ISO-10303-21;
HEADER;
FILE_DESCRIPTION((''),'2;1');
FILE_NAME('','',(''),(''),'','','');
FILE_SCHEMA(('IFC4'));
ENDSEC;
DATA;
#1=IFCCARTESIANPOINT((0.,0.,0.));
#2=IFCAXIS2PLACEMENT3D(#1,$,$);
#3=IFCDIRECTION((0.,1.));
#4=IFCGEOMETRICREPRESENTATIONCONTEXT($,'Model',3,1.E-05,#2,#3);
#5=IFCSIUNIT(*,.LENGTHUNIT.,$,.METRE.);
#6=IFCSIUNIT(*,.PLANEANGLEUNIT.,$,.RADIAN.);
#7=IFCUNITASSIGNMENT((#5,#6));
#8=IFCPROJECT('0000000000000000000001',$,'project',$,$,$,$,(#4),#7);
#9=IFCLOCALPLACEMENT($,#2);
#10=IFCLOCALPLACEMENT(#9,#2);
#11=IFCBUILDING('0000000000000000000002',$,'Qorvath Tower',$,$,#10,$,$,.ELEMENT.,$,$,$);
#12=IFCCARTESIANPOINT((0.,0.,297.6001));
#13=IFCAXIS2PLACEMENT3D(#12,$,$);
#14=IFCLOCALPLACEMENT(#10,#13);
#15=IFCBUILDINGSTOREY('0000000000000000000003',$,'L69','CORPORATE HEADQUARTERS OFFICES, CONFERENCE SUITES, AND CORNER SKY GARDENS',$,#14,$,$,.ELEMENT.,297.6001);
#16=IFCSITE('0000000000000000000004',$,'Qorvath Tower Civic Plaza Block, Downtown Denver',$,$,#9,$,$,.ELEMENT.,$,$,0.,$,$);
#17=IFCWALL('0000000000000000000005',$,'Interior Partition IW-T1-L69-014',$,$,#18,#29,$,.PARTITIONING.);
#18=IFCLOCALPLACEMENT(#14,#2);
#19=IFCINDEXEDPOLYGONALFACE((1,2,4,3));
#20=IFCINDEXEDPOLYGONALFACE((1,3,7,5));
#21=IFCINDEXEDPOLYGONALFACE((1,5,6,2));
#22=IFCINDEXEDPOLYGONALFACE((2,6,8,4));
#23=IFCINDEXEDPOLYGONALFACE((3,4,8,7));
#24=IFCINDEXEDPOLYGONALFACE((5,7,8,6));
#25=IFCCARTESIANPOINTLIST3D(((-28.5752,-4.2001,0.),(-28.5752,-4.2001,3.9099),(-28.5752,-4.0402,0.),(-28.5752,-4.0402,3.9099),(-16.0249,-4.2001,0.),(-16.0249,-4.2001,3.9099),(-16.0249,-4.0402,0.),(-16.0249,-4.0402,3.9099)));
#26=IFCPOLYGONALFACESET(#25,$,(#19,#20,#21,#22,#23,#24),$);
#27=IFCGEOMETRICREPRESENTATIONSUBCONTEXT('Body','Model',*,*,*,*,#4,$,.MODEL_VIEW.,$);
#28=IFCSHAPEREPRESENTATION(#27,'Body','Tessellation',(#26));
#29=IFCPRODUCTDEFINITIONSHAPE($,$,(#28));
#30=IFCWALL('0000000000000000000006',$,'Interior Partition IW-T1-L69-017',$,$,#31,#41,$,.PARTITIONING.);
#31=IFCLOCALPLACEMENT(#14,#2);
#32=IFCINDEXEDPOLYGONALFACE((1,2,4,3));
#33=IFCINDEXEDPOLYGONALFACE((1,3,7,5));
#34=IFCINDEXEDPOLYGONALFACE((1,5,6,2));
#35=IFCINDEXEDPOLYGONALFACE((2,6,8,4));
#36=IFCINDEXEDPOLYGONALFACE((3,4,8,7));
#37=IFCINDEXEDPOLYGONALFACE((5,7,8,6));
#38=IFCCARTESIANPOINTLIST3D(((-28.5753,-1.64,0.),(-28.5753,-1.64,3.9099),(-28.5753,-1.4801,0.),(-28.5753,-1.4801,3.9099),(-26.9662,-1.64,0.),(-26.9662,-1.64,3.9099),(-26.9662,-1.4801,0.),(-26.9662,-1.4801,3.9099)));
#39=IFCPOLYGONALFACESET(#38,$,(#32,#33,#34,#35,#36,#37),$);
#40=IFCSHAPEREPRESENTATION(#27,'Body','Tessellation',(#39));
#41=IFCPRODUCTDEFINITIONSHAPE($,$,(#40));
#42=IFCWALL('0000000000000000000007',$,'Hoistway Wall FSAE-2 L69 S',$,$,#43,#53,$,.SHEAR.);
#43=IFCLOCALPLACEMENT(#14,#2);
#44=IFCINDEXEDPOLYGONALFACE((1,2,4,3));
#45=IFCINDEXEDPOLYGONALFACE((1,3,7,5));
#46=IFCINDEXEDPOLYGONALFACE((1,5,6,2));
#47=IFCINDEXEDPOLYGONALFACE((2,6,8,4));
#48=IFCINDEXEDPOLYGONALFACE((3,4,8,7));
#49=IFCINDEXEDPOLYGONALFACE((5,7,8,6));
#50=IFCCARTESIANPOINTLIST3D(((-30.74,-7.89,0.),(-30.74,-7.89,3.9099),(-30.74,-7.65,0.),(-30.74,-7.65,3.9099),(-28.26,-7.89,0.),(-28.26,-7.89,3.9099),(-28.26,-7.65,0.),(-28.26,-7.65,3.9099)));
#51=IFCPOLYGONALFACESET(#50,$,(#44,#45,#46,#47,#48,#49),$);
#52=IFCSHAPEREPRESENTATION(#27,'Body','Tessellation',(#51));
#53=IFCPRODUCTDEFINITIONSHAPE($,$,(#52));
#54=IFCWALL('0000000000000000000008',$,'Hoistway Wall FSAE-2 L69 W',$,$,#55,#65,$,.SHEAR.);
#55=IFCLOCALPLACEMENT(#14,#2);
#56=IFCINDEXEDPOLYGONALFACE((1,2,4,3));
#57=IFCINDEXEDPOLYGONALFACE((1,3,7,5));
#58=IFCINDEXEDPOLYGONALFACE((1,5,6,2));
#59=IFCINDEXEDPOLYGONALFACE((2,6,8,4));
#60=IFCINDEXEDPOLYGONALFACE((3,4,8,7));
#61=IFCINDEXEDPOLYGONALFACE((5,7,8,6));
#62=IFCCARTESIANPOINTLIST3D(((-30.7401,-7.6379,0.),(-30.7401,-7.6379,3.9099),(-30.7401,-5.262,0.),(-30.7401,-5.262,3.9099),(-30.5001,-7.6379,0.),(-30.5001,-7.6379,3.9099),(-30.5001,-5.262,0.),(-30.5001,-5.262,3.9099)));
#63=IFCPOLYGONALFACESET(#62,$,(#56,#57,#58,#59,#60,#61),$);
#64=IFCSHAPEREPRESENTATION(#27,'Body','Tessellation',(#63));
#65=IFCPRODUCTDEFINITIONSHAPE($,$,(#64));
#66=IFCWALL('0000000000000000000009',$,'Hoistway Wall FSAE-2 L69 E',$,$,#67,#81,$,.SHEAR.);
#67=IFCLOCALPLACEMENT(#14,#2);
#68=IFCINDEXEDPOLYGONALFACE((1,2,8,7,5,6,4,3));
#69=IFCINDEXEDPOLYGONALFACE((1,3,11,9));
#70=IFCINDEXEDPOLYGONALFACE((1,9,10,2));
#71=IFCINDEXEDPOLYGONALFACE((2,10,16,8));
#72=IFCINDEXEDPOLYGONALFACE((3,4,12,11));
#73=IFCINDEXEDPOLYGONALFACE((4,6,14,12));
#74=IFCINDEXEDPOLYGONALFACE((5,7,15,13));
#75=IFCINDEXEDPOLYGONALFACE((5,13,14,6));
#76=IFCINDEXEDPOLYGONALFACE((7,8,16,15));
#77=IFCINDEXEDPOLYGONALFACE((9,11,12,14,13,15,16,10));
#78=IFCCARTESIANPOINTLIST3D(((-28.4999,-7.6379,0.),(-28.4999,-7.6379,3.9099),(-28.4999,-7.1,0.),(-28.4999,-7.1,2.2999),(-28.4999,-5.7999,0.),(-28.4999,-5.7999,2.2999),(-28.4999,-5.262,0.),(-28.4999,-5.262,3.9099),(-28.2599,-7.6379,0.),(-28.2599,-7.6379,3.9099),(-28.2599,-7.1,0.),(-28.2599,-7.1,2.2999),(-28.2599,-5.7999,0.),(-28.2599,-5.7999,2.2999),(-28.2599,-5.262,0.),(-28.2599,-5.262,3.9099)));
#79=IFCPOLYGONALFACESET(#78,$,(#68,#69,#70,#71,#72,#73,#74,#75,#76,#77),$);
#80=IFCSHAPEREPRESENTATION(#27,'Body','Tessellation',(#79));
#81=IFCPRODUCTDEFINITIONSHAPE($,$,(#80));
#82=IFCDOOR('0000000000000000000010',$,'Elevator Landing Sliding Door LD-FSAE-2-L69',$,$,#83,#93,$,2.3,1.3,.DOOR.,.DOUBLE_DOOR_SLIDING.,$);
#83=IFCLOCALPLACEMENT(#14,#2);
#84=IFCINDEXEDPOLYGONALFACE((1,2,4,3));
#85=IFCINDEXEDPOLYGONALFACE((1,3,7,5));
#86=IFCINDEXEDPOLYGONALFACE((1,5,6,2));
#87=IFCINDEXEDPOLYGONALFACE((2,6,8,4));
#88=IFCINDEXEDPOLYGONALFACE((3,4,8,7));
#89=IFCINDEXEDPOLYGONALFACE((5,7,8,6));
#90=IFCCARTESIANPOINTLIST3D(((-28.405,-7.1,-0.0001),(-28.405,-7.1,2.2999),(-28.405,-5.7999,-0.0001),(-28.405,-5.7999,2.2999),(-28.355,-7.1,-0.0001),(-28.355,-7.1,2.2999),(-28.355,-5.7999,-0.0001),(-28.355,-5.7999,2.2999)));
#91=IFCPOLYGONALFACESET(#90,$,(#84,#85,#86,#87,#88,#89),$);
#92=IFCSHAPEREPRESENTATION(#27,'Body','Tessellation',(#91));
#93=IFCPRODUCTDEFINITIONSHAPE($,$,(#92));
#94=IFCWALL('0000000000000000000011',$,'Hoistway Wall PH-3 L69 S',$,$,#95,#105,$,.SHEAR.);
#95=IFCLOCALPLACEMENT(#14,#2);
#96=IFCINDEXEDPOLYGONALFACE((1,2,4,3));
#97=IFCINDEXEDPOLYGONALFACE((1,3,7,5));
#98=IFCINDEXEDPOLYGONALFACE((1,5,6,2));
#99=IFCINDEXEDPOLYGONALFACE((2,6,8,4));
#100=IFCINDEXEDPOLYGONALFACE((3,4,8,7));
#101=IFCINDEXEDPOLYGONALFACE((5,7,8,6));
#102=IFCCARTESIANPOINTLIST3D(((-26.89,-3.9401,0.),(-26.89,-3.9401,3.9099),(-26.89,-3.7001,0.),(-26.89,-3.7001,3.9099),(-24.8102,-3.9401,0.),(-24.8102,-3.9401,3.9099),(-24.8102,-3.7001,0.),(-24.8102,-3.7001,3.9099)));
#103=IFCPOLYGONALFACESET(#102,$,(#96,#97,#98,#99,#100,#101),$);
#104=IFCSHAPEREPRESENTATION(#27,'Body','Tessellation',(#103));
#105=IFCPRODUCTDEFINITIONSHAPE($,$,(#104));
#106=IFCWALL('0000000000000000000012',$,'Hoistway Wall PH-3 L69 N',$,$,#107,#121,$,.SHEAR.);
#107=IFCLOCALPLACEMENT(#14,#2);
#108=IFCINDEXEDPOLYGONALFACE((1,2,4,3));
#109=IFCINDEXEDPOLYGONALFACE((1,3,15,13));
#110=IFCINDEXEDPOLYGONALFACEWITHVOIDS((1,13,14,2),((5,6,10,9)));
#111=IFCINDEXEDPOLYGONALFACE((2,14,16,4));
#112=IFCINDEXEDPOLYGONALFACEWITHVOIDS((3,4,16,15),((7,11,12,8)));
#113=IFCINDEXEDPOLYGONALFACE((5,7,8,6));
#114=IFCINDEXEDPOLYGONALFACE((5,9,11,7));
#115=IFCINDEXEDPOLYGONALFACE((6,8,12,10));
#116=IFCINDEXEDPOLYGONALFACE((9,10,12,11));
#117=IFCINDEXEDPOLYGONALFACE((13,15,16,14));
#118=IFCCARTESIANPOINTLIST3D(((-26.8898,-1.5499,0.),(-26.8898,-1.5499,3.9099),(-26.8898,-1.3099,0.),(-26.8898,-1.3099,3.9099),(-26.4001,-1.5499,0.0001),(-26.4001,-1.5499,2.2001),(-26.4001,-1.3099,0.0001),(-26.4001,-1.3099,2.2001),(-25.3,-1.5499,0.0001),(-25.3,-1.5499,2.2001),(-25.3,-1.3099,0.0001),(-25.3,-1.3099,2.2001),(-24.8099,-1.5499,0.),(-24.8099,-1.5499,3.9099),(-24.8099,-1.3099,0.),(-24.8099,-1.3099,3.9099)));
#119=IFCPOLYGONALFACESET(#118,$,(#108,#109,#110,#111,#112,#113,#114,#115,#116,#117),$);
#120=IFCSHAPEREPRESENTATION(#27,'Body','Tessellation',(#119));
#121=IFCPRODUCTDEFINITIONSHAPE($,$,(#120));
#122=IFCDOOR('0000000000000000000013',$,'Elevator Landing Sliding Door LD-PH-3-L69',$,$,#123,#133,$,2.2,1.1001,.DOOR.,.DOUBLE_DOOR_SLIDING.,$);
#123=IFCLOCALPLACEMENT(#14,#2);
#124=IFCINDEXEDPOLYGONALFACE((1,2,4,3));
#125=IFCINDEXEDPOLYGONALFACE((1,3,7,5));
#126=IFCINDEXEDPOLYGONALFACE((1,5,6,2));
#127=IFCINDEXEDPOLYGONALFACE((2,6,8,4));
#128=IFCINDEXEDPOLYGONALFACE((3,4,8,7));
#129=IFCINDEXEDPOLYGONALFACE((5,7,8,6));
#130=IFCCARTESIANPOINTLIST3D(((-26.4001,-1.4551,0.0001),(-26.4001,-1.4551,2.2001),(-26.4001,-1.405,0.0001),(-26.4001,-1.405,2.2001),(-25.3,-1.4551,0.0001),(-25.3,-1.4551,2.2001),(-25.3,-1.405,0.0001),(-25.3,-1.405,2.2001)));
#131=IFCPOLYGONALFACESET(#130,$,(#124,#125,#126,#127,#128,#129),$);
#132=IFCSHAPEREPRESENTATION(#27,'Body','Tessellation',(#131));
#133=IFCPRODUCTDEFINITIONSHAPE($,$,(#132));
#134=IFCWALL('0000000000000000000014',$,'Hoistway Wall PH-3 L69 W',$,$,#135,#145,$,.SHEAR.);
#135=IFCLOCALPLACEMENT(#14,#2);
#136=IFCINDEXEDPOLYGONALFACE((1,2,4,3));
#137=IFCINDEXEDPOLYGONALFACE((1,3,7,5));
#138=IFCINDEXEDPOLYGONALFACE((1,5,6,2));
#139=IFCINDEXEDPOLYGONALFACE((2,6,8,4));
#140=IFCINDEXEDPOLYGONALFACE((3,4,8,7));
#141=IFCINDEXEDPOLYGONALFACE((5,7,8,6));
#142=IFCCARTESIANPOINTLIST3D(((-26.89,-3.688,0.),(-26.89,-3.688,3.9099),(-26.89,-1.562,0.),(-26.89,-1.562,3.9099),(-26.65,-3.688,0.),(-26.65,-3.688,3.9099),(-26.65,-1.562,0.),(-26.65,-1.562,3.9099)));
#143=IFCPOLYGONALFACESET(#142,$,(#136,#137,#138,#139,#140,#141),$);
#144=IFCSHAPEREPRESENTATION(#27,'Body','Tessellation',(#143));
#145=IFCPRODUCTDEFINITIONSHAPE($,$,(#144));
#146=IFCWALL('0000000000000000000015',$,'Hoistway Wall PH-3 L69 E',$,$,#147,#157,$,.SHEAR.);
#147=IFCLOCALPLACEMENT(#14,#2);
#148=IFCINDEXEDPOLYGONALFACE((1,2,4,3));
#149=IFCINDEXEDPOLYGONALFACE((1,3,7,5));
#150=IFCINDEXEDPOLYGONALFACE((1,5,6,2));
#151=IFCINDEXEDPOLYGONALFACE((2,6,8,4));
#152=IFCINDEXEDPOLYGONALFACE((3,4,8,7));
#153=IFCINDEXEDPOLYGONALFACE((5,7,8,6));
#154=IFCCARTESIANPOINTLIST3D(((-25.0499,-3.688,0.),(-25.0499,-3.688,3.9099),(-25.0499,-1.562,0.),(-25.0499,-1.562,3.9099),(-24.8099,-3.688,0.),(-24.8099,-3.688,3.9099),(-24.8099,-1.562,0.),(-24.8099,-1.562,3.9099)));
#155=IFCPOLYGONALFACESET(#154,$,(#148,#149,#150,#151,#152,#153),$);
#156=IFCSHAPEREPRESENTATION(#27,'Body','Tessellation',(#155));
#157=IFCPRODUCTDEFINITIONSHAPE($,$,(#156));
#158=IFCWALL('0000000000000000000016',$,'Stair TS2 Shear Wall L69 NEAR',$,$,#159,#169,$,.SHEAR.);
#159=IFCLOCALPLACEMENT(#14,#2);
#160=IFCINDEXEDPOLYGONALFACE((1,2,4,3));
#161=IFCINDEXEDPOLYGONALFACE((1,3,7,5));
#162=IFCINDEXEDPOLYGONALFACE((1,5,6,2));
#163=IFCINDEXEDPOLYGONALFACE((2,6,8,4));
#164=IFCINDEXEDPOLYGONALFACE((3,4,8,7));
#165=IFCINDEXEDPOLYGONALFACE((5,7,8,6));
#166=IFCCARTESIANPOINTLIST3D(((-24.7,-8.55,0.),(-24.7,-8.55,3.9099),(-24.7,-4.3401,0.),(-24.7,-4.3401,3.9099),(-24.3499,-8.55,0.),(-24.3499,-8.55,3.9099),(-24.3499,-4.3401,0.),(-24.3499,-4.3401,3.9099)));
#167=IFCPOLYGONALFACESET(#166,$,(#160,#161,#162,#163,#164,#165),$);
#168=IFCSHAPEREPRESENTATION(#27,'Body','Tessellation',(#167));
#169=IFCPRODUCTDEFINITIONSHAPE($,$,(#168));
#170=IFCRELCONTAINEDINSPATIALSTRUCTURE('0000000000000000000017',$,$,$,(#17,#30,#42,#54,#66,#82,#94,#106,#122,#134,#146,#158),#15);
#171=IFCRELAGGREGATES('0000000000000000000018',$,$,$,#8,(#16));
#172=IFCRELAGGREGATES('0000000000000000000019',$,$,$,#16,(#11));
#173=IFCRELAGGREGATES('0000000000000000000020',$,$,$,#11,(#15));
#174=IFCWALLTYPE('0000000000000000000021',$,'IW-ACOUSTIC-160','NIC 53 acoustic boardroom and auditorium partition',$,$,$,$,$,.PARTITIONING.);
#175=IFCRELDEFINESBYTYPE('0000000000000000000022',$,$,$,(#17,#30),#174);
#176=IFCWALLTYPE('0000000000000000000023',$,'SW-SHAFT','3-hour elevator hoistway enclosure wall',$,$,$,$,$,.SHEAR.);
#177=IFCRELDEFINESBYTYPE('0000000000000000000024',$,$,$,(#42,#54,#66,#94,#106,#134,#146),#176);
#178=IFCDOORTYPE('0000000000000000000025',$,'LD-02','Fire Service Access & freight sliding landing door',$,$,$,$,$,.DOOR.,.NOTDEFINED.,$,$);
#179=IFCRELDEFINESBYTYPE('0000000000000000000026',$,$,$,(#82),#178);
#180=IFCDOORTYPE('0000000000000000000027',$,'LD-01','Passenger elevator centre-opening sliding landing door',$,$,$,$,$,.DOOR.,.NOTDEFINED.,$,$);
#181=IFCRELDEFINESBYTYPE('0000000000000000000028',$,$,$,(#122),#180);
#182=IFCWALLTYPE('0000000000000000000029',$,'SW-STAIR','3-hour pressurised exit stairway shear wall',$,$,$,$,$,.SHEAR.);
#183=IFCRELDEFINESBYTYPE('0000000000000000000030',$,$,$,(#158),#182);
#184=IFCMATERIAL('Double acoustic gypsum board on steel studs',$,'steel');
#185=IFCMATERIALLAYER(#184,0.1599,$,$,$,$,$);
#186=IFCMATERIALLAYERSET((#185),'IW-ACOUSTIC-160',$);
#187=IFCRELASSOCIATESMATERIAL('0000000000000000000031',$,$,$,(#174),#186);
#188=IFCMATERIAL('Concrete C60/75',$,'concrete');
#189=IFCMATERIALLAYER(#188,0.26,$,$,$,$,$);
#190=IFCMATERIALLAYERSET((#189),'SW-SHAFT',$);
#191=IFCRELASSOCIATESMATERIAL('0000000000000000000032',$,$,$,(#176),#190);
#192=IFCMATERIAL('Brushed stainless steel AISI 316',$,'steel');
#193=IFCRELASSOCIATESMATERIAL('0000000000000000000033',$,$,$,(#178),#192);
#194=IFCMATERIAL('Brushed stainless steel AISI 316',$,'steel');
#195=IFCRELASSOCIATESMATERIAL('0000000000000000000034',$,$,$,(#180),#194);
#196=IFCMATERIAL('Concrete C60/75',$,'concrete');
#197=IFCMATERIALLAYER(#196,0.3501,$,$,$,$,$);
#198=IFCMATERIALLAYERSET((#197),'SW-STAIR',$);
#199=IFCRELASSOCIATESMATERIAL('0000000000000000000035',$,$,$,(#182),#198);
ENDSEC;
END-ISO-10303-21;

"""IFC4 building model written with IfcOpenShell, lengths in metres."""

from ifc_helpers import new_model, si_unit, direction, frame, frame_2d, origin, place, context, subcontext, project, spatial, rectangle, extrude, material, layer, layer_set, type_object, element, fill, save


model = new_model("IFC4")

# Units and contexts
model_context = context("Model", 3, precision=1e-05, world=origin(), true_north=direction((0.0, 1.0)))
body_context = subcontext(model_context, "Body", "Model", "MODEL_VIEW")
ifc_project = project(units=[si_unit("LENGTHUNIT", "METRE"), si_unit("PLANEANGLEUNIT", "RADIAN")], contexts=[model_context])

# Site, building, storey
site_placement = place(None, origin())
site = spatial("IfcSite", under=ifc_project, at=site_placement, Name="Qorvath Tower Civic Plaza Block, Downtown Denver", CompositionType="ELEMENT", RefElevation=0.0)
building_placement = place(site_placement, origin())
building = spatial("IfcBuilding", under=site, at=building_placement, Name="Qorvath Tower", CompositionType="ELEMENT")
storey_placement = place(building_placement, frame((0.0, 0.0, 297.6001)))
storey = spatial("IfcBuildingStorey", under=building, at=storey_placement, Name="L69", Description="CORPORATE HEADQUARTERS OFFICES, CONFERENCE SUITES, AND CORNER SKY GARDENS", CompositionType="ELEMENT", Elevation=297.6001)

# Walls
ifc_material_1 = material(Name="Double acoustic gypsum board on steel studs", Category="steel")
ifc_layer_1 = layer(ifc_material_1, 0.1599)
ifc_layer_set_1 = layer_set([ifc_layer_1], Name="IW-ACOUSTIC-160")
wall_type_1 = type_object("IfcWallType", Name="IW-ACOUSTIC-160", Description="NIC 53 acoustic boardroom and auditorium partition", PredefinedType="PARTITIONING", material=ifc_layer_set_1)
wall_1_placement = place(storey_placement, frame((-28.5752, -4.1201, 0.0), z_axis=(0.0, 0.0, 1.0), x_axis=(1.0, 0.0, 0.0)))
element("IfcWall", 1, at=wall_1_placement, inside=storey, type_object=wall_type_1, Name="Interior Partition IW-T1-L69-014", PredefinedType="PARTITIONING", context=body_context, shape_type="SweptSolid", body=[
    extrude(rectangle(XDim=12.5503, YDim=0.1599, at=frame_2d((6.2751, 0.0))), origin(), (0.0, 0.0, 1.0), 3.9099),
])
wall_2_placement = place(storey_placement, frame((-26.9661, -1.5601, 0.0), z_axis=(0.0, 0.0, 1.0), x_axis=(-1.0, 0.0, 0.0)))
element("IfcWall", 2, at=wall_2_placement, inside=storey, type_object=wall_type_1, Name="Interior Partition IW-T1-L69-017", PredefinedType="PARTITIONING", context=body_context, shape_type="SweptSolid", body=[
    extrude(rectangle(XDim=1.6091, YDim=0.1599, at=frame_2d((0.8047, 0.0))), origin(), (0.0, 0.0, 1.0), 3.9099),
])
ifc_material_2 = material(Name="Concrete C60/75", Category="concrete")
ifc_layer_2 = layer(ifc_material_2, 0.26)
ifc_layer_set_2 = layer_set([ifc_layer_2], Name="SW-SHAFT")
wall_type_2 = type_object("IfcWallType", Name="SW-SHAFT", Description="3-hour elevator hoistway enclosure wall", PredefinedType="SHEAR", material=ifc_layer_set_2)
wall_3_placement = place(storey_placement, frame((-28.26, -7.77, 0.0), z_axis=(0.0, 0.0, 1.0), x_axis=(-1.0, 0.0, 0.0)))
element("IfcWall", 3, at=wall_3_placement, inside=storey, type_object=wall_type_2, Name="Hoistway Wall FSAE-2 L69 S", PredefinedType="SHEAR", context=body_context, shape_type="SweptSolid", body=[
    extrude(rectangle(XDim=2.48, YDim=0.24, at=frame_2d((1.24, 0.0))), origin(), (0.0, 0.0, 1.0), 3.9099),
])
wall_4_placement = place(storey_placement, frame((-30.6201, -7.6379, 0.0), z_axis=(0.0, 0.0, 1.0), x_axis=(0.0, 1.0, 0.0)))
element("IfcWall", 4, at=wall_4_placement, inside=storey, type_object=wall_type_2, Name="Hoistway Wall FSAE-2 L69 W", PredefinedType="SHEAR", context=body_context, shape_type="SweptSolid", body=[
    extrude(rectangle(XDim=2.376, YDim=0.24, at=frame_2d((1.188, 0.0))), origin(), (0.0, 0.0, 1.0), 3.9099),
])

# Wall, opening, door
wall_5_placement = place(storey_placement, frame((-28.3799, -5.262, 0.0), z_axis=(0.0, 0.0, 1.0), x_axis=(0.0, -1.0, 0.0)))
wall_5 = element("IfcWall", 5, at=wall_5_placement, inside=storey, type_object=wall_type_2, Name="Hoistway Wall FSAE-2 L69 E", PredefinedType="SHEAR", context=body_context, shape_type="SweptSolid", body=[
    extrude(rectangle(XDim=2.376, YDim=0.24, at=frame_2d((1.188, 0.0))), origin(), (0.0, 0.0, 1.0), 3.9099),
])
opening_1_placement = place(wall_5_placement, frame((0.5381, 0.0, 0.0)))
opening_1 = element("IfcOpeningElement", 6, at=opening_1_placement, cuts=wall_5, PredefinedType="OPENING", context=body_context, shape_type="SweptSolid", body=[
    extrude(rectangle(XDim=1.3, YDim=2.3, at=frame_2d((0.6499, 1.1499))), frame((0.0, 0.1299, 0.0), z_axis=(0.0, -1.0, 0.0), x_axis=(1.0, 0.0, 0.0)), (0.0, 0.0, 1.0), 0.26),
])
ifc_material_3 = material(Name="Brushed stainless steel AISI 316", Category="steel")
door_type_1 = type_object("IfcDoorType", Name="LD-02", Description="Fire Service Access & freight sliding landing door", OperationType="NOTDEFINED", PredefinedType="DOOR", material=ifc_material_3)
door_1_placement = place(opening_1_placement, origin())
door_1 = element("IfcDoor", 7, at=door_1_placement, inside=storey, type_object=door_type_1, Name="Elevator Landing Sliding Door LD-FSAE-2-L69", OperationType="DOUBLE_DOOR_SLIDING", OverallHeight=2.3, OverallWidth=1.3, PredefinedType="DOOR", context=body_context, shape_type="SweptSolid", body=[
    extrude(rectangle(XDim=1.3, YDim=2.3, at=frame_2d((0.6499, 1.1499))), frame((0.0, 0.0249, 0.0), z_axis=(0.0, -1.0, 0.0), x_axis=(1.0, 0.0, 0.0)), (0.0, 0.0, 1.0), 0.05),
])
fill(opening_1, door_1)

# Wall
wall_6_placement = place(storey_placement, frame((-24.8101, -3.8201, 0.0), z_axis=(0.0, 0.0, 1.0), x_axis=(-1.0, 0.0, 0.0)))
element("IfcWall", 8, at=wall_6_placement, inside=storey, type_object=wall_type_2, Name="Hoistway Wall PH-3 L69 S", PredefinedType="SHEAR", context=body_context, shape_type="SweptSolid", body=[
    extrude(rectangle(XDim=2.0798, YDim=0.24, at=frame_2d((1.04, 0.0))), origin(), (0.0, 0.0, 1.0), 3.9099),
])

# Wall, opening, door
wall_7_placement = place(storey_placement, frame((-26.8899, -1.4299, 0.0), z_axis=(0.0, 0.0, 1.0), x_axis=(1.0, 0.0, 0.0)))
wall_7 = element("IfcWall", 9, at=wall_7_placement, inside=storey, type_object=wall_type_2, Name="Hoistway Wall PH-3 L69 N", PredefinedType="SHEAR", context=body_context, shape_type="SweptSolid", body=[
    extrude(rectangle(XDim=2.0798, YDim=0.24, at=frame_2d((1.04, 0.0))), origin(), (0.0, 0.0, 1.0), 3.9099),
])
opening_2_placement = place(wall_7_placement, frame((0.4897, 0.0, 0.0)))
opening_2 = element("IfcOpeningElement", 10, at=opening_2_placement, cuts=wall_7, PredefinedType="OPENING", context=body_context, shape_type="SweptSolid", body=[
    extrude(rectangle(XDim=1.1001, YDim=2.2, at=frame_2d((0.55, 1.1001))), frame((0.0, 0.1299, 0.0), z_axis=(0.0, -1.0, 0.0), x_axis=(1.0, 0.0, 0.0)), (0.0, 0.0, 1.0), 0.26),
])
ifc_material_4 = material(Name="Brushed stainless steel AISI 316", Category="steel")
door_type_2 = type_object("IfcDoorType", Name="LD-01", Description="Passenger elevator centre-opening sliding landing door", OperationType="NOTDEFINED", PredefinedType="DOOR", material=ifc_material_4)
door_2_placement = place(opening_2_placement, origin())
door_2 = element("IfcDoor", 11, at=door_2_placement, inside=storey, type_object=door_type_2, Name="Elevator Landing Sliding Door LD-PH-3-L69", OperationType="DOUBLE_DOOR_SLIDING", OverallHeight=2.2, OverallWidth=1.1001, PredefinedType="DOOR", context=body_context, shape_type="SweptSolid", body=[
    extrude(rectangle(XDim=1.1001, YDim=2.2, at=frame_2d((0.55, 1.1001))), frame((0.0, 0.0249, 0.0), z_axis=(0.0, -1.0, 0.0), x_axis=(1.0, 0.0, 0.0)), (0.0, 0.0, 1.0), 0.05),
])
fill(opening_2, door_2)

# Walls
for number, where, z_axis, x_axis, name in (
    (12, (-26.77, -3.688, 0.0), (0.0, 0.0, 1.0), (0.0, 1.0, 0.0), "Hoistway Wall PH-3 L69 W"),
    (13, (-24.9299, -1.562, 0.0), (0.0, 0.0, 1.0), (0.0, -1.0, 0.0), "Hoistway Wall PH-3 L69 E"),
):
    element("IfcWall", number, at=place(storey_placement, frame(where, z_axis=z_axis, x_axis=x_axis)), inside=storey, type_object=wall_type_2, Name=name, PredefinedType="SHEAR", context=body_context, shape_type="SweptSolid", body=[
        extrude(rectangle(XDim=2.126, YDim=0.24, at=frame_2d((1.063, 0.0))), origin(), (0.0, 0.0, 1.0), 3.9099),
    ])
ifc_material_5 = material(Name="Concrete C60/75", Category="concrete")
ifc_layer_3 = layer(ifc_material_5, 0.3501)
ifc_layer_set_3 = layer_set([ifc_layer_3], Name="SW-STAIR")
wall_type_3 = type_object("IfcWallType", Name="SW-STAIR", Description="3-hour pressurised exit stairway shear wall", PredefinedType="SHEAR", material=ifc_layer_set_3)
wall_8_placement = place(storey_placement, frame((-24.5249, -4.3401, 0.0), z_axis=(0.0, 0.0, 1.0), x_axis=(0.0, -1.0, 0.0)))
element("IfcWall", 14, at=wall_8_placement, inside=storey, type_object=wall_type_3, Name="Stair TS2 Shear Wall L69 NEAR", PredefinedType="SHEAR", context=body_context, shape_type="SweptSolid", body=[
    extrude(rectangle(XDim=4.21, YDim=0.3501, at=frame_2d((2.105, 0.0))), origin(), (0.0, 0.0, 1.0), 3.9099),
])

save(model, "model.ifc")
